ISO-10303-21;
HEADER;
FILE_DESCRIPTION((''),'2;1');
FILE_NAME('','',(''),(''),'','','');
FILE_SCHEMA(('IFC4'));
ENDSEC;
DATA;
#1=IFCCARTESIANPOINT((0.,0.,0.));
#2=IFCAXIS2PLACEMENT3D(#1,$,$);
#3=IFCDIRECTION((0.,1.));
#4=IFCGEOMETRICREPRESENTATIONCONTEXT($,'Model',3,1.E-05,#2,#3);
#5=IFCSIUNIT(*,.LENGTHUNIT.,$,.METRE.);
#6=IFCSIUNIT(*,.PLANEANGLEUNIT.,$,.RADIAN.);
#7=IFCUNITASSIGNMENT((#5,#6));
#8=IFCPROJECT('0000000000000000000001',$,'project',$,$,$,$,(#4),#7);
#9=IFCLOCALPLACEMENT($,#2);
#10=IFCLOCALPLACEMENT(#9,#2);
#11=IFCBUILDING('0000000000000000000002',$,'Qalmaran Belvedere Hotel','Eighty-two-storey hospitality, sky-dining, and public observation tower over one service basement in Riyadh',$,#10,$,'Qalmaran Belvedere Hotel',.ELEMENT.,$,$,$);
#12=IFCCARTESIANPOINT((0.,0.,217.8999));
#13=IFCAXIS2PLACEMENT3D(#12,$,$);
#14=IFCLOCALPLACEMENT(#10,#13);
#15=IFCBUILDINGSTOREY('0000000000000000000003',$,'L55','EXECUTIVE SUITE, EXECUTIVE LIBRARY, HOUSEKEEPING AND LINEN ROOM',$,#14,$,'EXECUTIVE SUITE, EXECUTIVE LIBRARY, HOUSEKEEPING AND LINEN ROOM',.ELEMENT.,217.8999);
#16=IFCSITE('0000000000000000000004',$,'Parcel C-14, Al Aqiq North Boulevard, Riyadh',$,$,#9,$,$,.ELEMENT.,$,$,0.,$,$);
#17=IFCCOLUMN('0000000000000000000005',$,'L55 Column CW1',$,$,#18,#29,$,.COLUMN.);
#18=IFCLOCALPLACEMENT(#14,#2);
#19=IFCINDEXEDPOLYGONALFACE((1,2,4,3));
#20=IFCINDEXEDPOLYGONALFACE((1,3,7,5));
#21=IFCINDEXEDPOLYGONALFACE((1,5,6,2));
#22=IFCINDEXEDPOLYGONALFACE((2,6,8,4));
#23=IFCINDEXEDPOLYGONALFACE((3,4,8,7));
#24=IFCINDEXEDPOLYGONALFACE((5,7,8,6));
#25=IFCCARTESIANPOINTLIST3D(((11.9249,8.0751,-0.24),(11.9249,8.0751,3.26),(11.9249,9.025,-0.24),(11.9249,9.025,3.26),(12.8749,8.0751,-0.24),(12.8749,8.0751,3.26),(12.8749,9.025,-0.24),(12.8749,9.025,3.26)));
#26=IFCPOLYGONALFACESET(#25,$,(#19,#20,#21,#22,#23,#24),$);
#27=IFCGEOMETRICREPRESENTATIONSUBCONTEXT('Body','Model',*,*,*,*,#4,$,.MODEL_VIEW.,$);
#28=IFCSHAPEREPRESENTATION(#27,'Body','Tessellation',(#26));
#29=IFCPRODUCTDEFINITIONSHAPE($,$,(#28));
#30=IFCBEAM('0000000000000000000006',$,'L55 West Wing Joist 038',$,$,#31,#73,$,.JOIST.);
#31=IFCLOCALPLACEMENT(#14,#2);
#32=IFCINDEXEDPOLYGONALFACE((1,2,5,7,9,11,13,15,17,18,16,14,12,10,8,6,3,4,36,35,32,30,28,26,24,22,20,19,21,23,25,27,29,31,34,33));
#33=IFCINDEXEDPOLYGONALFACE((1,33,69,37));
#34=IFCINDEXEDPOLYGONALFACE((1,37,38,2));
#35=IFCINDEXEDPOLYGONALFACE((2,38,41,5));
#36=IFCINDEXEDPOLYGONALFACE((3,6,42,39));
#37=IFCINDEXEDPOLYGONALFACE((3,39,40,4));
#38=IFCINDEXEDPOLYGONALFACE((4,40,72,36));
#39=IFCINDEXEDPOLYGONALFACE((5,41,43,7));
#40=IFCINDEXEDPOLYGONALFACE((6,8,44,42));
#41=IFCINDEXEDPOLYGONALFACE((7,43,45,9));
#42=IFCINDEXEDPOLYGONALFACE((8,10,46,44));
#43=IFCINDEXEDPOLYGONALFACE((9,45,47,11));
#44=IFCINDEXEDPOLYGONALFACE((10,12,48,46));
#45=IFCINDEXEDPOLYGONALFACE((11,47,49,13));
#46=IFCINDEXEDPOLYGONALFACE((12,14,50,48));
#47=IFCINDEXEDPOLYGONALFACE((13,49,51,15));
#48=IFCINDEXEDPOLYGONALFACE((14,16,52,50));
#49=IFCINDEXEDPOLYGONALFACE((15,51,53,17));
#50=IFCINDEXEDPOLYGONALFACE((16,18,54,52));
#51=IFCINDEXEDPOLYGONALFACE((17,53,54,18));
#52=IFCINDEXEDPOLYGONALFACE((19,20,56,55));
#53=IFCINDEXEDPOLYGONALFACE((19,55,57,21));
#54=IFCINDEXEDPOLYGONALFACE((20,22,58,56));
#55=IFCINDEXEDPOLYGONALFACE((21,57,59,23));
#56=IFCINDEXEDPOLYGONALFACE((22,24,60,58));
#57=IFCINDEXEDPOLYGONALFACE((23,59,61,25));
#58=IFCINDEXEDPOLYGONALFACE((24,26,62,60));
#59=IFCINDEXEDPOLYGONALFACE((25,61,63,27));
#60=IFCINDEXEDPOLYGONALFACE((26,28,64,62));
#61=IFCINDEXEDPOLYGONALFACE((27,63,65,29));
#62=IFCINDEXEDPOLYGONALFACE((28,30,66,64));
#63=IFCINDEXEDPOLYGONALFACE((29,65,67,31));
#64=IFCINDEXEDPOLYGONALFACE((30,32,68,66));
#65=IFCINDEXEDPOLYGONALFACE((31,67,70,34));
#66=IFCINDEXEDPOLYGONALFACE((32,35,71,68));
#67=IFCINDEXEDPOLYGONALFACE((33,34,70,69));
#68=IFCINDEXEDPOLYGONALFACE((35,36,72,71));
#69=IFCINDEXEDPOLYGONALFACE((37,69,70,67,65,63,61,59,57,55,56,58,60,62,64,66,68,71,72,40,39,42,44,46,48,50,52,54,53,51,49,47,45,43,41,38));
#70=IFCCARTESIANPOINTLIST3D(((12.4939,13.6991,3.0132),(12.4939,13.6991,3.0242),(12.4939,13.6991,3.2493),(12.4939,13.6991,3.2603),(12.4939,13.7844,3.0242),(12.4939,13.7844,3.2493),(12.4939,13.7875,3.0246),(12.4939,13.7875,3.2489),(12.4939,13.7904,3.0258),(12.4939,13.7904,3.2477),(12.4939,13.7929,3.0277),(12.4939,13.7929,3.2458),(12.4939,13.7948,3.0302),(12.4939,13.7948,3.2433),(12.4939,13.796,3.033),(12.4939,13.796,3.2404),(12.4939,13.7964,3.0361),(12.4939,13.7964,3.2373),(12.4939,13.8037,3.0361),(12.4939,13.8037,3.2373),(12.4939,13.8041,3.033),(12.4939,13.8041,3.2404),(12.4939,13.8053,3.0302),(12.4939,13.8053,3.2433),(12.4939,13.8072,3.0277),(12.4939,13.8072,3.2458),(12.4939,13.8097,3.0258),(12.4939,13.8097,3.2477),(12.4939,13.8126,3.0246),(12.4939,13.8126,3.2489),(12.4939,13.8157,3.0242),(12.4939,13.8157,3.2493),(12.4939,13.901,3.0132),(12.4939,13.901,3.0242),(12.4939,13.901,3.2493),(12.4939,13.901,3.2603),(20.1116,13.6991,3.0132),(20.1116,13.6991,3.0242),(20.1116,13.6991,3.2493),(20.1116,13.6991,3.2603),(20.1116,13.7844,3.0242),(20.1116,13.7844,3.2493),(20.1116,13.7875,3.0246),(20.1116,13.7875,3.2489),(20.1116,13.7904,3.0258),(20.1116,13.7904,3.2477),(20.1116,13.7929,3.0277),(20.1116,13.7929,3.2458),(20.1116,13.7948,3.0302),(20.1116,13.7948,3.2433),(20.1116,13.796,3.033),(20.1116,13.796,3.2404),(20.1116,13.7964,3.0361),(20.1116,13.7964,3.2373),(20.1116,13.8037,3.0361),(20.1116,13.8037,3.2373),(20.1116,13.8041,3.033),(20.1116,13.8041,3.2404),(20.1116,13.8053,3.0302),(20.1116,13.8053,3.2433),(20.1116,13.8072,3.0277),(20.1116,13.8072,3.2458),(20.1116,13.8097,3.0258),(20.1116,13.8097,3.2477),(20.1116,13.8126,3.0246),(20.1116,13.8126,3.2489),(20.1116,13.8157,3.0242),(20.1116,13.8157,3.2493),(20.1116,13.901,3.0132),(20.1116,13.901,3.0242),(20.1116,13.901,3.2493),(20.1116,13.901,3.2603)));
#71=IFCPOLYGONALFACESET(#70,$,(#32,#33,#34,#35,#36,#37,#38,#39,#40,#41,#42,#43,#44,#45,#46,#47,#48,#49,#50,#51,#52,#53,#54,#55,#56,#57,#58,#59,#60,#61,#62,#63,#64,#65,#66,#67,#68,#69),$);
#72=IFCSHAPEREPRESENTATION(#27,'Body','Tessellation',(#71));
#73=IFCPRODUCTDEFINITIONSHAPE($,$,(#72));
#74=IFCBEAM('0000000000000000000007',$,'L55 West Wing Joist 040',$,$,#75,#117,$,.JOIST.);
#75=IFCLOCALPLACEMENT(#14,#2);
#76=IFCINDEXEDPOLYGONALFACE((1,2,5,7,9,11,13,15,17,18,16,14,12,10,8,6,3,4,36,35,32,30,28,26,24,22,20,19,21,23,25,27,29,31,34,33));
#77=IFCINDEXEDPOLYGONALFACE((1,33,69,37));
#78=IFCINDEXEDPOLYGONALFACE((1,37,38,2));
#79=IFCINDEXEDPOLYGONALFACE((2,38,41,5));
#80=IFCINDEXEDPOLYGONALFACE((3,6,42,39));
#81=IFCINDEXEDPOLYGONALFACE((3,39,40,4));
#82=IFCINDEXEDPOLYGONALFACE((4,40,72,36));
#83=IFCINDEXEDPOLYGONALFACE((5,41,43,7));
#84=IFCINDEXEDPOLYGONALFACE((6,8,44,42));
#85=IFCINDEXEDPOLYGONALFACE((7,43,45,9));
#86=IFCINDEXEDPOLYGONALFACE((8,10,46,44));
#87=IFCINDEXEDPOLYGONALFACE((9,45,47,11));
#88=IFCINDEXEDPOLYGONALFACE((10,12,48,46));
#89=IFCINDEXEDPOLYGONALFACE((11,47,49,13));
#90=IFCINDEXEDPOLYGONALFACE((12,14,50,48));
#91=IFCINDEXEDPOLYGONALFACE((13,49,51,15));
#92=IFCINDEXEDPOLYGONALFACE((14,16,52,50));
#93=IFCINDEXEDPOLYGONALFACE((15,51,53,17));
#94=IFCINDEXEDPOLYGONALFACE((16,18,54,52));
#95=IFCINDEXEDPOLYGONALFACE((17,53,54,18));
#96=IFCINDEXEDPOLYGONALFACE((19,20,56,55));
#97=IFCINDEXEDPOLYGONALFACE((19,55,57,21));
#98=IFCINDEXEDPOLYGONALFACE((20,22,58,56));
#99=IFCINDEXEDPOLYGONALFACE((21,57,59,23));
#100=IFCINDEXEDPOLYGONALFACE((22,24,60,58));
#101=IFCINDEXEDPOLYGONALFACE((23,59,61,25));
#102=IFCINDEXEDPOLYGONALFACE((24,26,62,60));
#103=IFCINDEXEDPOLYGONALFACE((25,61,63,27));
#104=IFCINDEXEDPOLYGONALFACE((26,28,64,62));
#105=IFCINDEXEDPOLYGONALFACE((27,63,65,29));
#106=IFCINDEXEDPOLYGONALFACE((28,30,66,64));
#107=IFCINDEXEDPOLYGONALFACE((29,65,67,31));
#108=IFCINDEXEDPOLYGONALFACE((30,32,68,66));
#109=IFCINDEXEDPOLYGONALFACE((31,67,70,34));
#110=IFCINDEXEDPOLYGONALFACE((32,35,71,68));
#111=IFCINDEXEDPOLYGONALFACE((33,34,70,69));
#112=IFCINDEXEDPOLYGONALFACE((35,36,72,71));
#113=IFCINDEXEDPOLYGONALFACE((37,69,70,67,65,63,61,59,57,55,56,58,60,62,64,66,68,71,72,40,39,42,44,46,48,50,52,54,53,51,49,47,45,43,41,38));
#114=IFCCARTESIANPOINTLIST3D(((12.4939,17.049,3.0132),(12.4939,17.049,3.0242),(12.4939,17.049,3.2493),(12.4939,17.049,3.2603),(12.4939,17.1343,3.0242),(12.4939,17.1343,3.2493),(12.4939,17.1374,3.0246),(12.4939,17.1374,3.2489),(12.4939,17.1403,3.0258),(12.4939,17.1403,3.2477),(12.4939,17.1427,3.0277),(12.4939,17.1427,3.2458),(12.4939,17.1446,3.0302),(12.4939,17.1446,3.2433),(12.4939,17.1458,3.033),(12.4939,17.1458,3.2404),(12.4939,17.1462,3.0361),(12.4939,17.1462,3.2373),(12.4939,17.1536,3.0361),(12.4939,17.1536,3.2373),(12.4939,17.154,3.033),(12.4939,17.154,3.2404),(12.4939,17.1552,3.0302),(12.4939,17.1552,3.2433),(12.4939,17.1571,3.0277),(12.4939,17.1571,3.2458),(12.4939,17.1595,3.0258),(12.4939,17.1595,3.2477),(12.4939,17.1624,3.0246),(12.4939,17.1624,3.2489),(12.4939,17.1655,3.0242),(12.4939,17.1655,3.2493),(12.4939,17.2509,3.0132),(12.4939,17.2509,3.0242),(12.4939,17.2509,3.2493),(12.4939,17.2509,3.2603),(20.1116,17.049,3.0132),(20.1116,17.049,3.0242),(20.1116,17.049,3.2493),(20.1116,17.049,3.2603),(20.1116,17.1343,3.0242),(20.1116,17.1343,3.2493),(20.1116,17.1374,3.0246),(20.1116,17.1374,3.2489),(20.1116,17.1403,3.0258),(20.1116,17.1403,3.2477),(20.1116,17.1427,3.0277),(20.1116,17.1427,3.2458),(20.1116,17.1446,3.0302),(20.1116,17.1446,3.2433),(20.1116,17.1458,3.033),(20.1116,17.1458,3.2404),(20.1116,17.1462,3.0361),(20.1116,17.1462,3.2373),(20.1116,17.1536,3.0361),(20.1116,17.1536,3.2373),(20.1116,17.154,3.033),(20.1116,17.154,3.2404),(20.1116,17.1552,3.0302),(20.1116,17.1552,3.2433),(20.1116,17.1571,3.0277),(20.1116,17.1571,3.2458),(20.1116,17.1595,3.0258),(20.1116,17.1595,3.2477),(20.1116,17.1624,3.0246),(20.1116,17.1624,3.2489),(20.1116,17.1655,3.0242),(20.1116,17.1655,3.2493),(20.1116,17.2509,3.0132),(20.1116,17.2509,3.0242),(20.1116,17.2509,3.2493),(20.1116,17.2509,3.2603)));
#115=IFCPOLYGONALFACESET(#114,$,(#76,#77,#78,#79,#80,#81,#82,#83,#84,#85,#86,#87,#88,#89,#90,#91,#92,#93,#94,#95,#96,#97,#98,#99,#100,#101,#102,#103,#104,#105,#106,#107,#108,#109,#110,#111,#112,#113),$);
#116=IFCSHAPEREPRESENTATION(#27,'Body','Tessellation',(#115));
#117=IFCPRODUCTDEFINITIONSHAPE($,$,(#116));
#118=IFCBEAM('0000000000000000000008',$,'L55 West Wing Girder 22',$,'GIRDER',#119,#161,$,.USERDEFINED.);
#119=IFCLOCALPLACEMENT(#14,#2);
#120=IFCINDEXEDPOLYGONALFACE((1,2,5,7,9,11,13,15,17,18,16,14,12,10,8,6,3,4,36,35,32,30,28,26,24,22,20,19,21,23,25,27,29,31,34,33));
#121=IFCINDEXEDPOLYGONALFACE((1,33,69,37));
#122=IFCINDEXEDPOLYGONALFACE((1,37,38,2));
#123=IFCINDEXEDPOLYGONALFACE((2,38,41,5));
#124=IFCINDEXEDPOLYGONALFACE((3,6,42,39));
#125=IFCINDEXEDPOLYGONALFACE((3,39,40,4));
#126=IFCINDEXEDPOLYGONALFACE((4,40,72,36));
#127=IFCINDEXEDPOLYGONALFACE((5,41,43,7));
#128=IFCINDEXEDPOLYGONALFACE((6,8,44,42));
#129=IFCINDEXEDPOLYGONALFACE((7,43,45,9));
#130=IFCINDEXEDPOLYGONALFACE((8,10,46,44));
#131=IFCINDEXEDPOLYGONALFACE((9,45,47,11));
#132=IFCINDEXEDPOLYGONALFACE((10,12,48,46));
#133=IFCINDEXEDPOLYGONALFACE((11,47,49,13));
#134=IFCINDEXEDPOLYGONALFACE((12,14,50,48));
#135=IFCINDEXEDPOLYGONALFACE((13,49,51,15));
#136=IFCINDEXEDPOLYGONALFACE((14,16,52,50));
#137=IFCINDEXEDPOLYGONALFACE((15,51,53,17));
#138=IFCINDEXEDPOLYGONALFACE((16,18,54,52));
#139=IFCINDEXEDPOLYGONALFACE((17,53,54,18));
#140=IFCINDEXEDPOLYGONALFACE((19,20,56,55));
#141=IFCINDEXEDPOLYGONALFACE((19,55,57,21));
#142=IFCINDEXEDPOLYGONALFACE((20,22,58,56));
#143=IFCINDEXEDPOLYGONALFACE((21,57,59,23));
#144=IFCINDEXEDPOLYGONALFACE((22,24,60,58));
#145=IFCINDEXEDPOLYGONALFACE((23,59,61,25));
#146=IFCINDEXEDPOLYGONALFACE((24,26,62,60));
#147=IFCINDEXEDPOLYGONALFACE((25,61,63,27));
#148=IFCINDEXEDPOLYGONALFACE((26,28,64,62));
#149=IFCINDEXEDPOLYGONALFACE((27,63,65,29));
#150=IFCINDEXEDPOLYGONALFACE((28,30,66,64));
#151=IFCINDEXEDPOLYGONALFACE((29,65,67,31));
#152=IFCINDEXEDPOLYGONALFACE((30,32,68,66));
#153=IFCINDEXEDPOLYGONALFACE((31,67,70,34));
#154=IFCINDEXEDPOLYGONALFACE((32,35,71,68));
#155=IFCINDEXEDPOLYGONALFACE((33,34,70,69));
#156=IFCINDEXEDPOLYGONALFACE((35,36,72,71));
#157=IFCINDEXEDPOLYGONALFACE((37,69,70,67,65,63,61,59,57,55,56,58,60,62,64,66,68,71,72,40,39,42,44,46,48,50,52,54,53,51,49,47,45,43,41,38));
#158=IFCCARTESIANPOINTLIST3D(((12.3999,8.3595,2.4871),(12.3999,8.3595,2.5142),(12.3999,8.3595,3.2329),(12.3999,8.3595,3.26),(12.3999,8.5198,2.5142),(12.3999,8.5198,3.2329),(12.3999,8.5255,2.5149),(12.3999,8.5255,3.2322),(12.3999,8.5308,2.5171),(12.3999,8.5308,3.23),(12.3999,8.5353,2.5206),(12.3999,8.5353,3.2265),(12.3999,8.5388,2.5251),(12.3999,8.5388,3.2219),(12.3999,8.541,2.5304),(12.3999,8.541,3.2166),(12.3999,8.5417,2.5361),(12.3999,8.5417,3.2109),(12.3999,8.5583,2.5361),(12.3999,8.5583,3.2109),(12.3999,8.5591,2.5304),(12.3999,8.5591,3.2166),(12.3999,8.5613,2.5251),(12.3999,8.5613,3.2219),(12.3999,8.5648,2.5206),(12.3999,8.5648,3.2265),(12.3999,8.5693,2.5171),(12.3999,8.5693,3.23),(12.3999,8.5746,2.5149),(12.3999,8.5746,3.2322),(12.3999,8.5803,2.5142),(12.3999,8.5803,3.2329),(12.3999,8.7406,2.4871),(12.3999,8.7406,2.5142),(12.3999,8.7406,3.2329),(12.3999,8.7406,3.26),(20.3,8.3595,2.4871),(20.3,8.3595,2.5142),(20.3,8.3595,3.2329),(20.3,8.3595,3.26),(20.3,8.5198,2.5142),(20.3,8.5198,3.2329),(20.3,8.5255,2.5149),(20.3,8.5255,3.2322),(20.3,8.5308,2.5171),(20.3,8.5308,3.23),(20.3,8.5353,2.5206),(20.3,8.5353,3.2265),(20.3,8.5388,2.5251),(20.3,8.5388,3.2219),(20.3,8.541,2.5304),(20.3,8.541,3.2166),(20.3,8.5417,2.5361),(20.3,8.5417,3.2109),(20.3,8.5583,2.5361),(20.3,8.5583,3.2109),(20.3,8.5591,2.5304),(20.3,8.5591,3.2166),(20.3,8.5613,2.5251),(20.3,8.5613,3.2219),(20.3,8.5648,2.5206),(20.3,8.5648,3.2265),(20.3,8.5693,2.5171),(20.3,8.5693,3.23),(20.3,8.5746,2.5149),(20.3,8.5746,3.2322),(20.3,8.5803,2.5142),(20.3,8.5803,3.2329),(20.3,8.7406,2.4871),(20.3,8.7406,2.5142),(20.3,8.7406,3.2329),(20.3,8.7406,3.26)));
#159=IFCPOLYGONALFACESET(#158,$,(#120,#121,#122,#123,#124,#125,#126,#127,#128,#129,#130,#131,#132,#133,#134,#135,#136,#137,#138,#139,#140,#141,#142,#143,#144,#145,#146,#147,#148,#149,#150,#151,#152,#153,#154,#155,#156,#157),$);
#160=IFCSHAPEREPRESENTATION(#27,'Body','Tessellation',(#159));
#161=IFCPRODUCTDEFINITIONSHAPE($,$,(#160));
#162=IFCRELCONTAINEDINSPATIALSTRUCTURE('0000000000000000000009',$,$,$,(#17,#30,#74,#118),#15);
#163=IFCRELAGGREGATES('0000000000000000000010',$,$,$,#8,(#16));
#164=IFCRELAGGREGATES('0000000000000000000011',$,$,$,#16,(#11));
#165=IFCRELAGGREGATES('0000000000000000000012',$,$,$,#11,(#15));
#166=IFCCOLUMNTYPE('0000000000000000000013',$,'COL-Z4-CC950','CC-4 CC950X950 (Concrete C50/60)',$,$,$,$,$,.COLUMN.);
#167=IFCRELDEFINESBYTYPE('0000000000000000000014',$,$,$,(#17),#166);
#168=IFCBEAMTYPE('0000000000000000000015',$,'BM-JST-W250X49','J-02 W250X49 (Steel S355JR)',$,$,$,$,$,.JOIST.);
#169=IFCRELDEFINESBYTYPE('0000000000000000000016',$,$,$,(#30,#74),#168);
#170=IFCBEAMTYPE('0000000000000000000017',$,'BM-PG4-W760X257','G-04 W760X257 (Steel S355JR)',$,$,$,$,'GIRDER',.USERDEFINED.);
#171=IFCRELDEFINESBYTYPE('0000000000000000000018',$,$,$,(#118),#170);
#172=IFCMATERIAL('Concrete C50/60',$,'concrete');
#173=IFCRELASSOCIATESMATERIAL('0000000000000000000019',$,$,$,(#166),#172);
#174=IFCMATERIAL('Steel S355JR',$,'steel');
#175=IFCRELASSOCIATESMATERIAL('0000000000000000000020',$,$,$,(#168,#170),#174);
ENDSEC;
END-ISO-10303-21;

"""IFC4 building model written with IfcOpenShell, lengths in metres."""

from ifc_helpers import new_model, si_unit, direction, frame, origin, origin_2d, place, context, subcontext, project, spatial, rectangle, i_section, extrude, material, material_profile, profile_set, type_object, element, save


model = new_model("IFC4")

# Units and contexts
model_context = context("Model", 3, precision=1e-05, world=origin(), true_north=direction((0.0, 1.0)))
body_context = subcontext(model_context, "Body", "Model", "MODEL_VIEW")
ifc_project = project(units=[si_unit("LENGTHUNIT", "METRE"), si_unit("PLANEANGLEUNIT", "RADIAN")], contexts=[model_context])

# Site, building, storey
site_placement = place(None, origin())
site = spatial("IfcSite", under=ifc_project, at=site_placement, Name="Parcel C-14, Al Aqiq North Boulevard, Riyadh", CompositionType="ELEMENT", RefElevation=0.0)
building_placement = place(site_placement, origin())
building = spatial("IfcBuilding", under=site, at=building_placement, Name="Qalmaran Belvedere Hotel", Description="Eighty-two-storey hospitality, sky-dining, and public observation tower over one service basement in Riyadh", LongName="Qalmaran Belvedere Hotel", CompositionType="ELEMENT")
storey_placement = place(building_placement, frame((0.0, 0.0, 217.8999)))
storey = spatial("IfcBuildingStorey", under=building, at=storey_placement, Name="L55", Description="EXECUTIVE SUITE, EXECUTIVE LIBRARY, HOUSEKEEPING AND LINEN ROOM", LongName="EXECUTIVE SUITE, EXECUTIVE LIBRARY, HOUSEKEEPING AND LINEN ROOM", CompositionType="ELEMENT", Elevation=217.8999)

# Column
ifc_material_1 = material(Name="Concrete C50/60", Category="concrete")
ifc_material_profile_1 = material_profile(ifc_material_1, rectangle(XDim=0.95, YDim=0.95, at=origin_2d()), Name="CC950X950")
ifc_profile_set_1 = profile_set([ifc_material_profile_1], Name="Concrete C50/60")
column_type = type_object("IfcColumnType", Name="COL-Z4-CC950", Description="CC-4 CC950X950 (Concrete C50/60)", PredefinedType="COLUMN", material=ifc_profile_set_1)
column_placement = place(storey_placement, frame((12.3999, 8.55, -0.24), z_axis=(0.0, 0.0, 1.0), x_axis=(1.0, 0.0, 0.0)))
element("IfcColumn", 1, at=column_placement, inside=storey, type_object=column_type, Name="L55 Column CW1", PredefinedType="COLUMN", context=body_context, shape_type="SweptSolid", body=[
    extrude(rectangle(XDim=0.95, YDim=0.95, at=origin_2d()), origin(), (0.0, 0.0, 1.0), 3.5),
])

# Beams
ifc_material_2 = material(Name="Steel S355JR", Category="steel")
ifc_material_profile_2 = material_profile(ifc_material_2, i_section(OverallWidth=0.2019, OverallDepth=0.2471, WebThickness=0.0073, FlangeThickness=0.011, FilletRadius=0.012, at=origin_2d()), Name="W250X49")
ifc_profile_set_2 = profile_set([ifc_material_profile_2], Name="Steel S355JR")
beam_type_1 = type_object("IfcBeamType", Name="BM-JST-W250X49", Description="J-02 W250X49 (Steel S355JR)", PredefinedType="JOIST", material=ifc_profile_set_2)
for number, where, z_axis, x_axis, name in (
    (2, (12.4939, 13.8, 3.1367), (1.0, 0.0, 0.0), (0.0, 1.0, 0.0), "L55 West Wing Joist 038"),
    (3, (12.4939, 17.1499, 3.1367), (1.0, 0.0, 0.0), (0.0, 1.0, 0.0), "L55 West Wing Joist 040"),
):
    element("IfcBeam", number, at=place(storey_placement, frame(where, z_axis=z_axis, x_axis=x_axis)), inside=storey, type_object=beam_type_1, Name=name, PredefinedType="JOIST", context=body_context, shape_type="SweptSolid", body=[
        extrude(i_section(OverallWidth=0.2019, OverallDepth=0.2471, WebThickness=0.0073, FlangeThickness=0.011, FilletRadius=0.012, at=origin_2d()), origin(), (0.0, 0.0, 1.0), 7.6177),
    ])
ifc_material_profile_3 = material_profile(ifc_material_2, i_section(OverallWidth=0.3811, OverallDepth=0.7729, WebThickness=0.0166, FlangeThickness=0.0271, FilletRadius=0.022, at=origin_2d()), Name="W760X257")
ifc_profile_set_3 = profile_set([ifc_material_profile_3], Name="Steel S355JR")
beam_type_2 = type_object("IfcBeamType", Name="BM-PG4-W760X257", Description="G-04 W760X257 (Steel S355JR)", ElementType="GIRDER", PredefinedType="USERDEFINED", material=ifc_profile_set_3)
beam_1_placement = place(storey_placement, frame((12.3999, 8.55, 2.8735), z_axis=(1.0, 0.0, 0.0), x_axis=(0.0, 1.0, 0.0)))
element("IfcBeam", 4, at=beam_1_placement, inside=storey, type_object=beam_type_2, Name="L55 West Wing Girder 22", ObjectType="GIRDER", PredefinedType="USERDEFINED", context=body_context, shape_type="SweptSolid", body=[
    extrude(i_section(OverallWidth=0.3811, OverallDepth=0.7729, WebThickness=0.0166, FlangeThickness=0.0271, FilletRadius=0.022, at=origin_2d()), origin(), (0.0, 0.0, 1.0), 7.9001),
])

save(model, "model.ifc")
